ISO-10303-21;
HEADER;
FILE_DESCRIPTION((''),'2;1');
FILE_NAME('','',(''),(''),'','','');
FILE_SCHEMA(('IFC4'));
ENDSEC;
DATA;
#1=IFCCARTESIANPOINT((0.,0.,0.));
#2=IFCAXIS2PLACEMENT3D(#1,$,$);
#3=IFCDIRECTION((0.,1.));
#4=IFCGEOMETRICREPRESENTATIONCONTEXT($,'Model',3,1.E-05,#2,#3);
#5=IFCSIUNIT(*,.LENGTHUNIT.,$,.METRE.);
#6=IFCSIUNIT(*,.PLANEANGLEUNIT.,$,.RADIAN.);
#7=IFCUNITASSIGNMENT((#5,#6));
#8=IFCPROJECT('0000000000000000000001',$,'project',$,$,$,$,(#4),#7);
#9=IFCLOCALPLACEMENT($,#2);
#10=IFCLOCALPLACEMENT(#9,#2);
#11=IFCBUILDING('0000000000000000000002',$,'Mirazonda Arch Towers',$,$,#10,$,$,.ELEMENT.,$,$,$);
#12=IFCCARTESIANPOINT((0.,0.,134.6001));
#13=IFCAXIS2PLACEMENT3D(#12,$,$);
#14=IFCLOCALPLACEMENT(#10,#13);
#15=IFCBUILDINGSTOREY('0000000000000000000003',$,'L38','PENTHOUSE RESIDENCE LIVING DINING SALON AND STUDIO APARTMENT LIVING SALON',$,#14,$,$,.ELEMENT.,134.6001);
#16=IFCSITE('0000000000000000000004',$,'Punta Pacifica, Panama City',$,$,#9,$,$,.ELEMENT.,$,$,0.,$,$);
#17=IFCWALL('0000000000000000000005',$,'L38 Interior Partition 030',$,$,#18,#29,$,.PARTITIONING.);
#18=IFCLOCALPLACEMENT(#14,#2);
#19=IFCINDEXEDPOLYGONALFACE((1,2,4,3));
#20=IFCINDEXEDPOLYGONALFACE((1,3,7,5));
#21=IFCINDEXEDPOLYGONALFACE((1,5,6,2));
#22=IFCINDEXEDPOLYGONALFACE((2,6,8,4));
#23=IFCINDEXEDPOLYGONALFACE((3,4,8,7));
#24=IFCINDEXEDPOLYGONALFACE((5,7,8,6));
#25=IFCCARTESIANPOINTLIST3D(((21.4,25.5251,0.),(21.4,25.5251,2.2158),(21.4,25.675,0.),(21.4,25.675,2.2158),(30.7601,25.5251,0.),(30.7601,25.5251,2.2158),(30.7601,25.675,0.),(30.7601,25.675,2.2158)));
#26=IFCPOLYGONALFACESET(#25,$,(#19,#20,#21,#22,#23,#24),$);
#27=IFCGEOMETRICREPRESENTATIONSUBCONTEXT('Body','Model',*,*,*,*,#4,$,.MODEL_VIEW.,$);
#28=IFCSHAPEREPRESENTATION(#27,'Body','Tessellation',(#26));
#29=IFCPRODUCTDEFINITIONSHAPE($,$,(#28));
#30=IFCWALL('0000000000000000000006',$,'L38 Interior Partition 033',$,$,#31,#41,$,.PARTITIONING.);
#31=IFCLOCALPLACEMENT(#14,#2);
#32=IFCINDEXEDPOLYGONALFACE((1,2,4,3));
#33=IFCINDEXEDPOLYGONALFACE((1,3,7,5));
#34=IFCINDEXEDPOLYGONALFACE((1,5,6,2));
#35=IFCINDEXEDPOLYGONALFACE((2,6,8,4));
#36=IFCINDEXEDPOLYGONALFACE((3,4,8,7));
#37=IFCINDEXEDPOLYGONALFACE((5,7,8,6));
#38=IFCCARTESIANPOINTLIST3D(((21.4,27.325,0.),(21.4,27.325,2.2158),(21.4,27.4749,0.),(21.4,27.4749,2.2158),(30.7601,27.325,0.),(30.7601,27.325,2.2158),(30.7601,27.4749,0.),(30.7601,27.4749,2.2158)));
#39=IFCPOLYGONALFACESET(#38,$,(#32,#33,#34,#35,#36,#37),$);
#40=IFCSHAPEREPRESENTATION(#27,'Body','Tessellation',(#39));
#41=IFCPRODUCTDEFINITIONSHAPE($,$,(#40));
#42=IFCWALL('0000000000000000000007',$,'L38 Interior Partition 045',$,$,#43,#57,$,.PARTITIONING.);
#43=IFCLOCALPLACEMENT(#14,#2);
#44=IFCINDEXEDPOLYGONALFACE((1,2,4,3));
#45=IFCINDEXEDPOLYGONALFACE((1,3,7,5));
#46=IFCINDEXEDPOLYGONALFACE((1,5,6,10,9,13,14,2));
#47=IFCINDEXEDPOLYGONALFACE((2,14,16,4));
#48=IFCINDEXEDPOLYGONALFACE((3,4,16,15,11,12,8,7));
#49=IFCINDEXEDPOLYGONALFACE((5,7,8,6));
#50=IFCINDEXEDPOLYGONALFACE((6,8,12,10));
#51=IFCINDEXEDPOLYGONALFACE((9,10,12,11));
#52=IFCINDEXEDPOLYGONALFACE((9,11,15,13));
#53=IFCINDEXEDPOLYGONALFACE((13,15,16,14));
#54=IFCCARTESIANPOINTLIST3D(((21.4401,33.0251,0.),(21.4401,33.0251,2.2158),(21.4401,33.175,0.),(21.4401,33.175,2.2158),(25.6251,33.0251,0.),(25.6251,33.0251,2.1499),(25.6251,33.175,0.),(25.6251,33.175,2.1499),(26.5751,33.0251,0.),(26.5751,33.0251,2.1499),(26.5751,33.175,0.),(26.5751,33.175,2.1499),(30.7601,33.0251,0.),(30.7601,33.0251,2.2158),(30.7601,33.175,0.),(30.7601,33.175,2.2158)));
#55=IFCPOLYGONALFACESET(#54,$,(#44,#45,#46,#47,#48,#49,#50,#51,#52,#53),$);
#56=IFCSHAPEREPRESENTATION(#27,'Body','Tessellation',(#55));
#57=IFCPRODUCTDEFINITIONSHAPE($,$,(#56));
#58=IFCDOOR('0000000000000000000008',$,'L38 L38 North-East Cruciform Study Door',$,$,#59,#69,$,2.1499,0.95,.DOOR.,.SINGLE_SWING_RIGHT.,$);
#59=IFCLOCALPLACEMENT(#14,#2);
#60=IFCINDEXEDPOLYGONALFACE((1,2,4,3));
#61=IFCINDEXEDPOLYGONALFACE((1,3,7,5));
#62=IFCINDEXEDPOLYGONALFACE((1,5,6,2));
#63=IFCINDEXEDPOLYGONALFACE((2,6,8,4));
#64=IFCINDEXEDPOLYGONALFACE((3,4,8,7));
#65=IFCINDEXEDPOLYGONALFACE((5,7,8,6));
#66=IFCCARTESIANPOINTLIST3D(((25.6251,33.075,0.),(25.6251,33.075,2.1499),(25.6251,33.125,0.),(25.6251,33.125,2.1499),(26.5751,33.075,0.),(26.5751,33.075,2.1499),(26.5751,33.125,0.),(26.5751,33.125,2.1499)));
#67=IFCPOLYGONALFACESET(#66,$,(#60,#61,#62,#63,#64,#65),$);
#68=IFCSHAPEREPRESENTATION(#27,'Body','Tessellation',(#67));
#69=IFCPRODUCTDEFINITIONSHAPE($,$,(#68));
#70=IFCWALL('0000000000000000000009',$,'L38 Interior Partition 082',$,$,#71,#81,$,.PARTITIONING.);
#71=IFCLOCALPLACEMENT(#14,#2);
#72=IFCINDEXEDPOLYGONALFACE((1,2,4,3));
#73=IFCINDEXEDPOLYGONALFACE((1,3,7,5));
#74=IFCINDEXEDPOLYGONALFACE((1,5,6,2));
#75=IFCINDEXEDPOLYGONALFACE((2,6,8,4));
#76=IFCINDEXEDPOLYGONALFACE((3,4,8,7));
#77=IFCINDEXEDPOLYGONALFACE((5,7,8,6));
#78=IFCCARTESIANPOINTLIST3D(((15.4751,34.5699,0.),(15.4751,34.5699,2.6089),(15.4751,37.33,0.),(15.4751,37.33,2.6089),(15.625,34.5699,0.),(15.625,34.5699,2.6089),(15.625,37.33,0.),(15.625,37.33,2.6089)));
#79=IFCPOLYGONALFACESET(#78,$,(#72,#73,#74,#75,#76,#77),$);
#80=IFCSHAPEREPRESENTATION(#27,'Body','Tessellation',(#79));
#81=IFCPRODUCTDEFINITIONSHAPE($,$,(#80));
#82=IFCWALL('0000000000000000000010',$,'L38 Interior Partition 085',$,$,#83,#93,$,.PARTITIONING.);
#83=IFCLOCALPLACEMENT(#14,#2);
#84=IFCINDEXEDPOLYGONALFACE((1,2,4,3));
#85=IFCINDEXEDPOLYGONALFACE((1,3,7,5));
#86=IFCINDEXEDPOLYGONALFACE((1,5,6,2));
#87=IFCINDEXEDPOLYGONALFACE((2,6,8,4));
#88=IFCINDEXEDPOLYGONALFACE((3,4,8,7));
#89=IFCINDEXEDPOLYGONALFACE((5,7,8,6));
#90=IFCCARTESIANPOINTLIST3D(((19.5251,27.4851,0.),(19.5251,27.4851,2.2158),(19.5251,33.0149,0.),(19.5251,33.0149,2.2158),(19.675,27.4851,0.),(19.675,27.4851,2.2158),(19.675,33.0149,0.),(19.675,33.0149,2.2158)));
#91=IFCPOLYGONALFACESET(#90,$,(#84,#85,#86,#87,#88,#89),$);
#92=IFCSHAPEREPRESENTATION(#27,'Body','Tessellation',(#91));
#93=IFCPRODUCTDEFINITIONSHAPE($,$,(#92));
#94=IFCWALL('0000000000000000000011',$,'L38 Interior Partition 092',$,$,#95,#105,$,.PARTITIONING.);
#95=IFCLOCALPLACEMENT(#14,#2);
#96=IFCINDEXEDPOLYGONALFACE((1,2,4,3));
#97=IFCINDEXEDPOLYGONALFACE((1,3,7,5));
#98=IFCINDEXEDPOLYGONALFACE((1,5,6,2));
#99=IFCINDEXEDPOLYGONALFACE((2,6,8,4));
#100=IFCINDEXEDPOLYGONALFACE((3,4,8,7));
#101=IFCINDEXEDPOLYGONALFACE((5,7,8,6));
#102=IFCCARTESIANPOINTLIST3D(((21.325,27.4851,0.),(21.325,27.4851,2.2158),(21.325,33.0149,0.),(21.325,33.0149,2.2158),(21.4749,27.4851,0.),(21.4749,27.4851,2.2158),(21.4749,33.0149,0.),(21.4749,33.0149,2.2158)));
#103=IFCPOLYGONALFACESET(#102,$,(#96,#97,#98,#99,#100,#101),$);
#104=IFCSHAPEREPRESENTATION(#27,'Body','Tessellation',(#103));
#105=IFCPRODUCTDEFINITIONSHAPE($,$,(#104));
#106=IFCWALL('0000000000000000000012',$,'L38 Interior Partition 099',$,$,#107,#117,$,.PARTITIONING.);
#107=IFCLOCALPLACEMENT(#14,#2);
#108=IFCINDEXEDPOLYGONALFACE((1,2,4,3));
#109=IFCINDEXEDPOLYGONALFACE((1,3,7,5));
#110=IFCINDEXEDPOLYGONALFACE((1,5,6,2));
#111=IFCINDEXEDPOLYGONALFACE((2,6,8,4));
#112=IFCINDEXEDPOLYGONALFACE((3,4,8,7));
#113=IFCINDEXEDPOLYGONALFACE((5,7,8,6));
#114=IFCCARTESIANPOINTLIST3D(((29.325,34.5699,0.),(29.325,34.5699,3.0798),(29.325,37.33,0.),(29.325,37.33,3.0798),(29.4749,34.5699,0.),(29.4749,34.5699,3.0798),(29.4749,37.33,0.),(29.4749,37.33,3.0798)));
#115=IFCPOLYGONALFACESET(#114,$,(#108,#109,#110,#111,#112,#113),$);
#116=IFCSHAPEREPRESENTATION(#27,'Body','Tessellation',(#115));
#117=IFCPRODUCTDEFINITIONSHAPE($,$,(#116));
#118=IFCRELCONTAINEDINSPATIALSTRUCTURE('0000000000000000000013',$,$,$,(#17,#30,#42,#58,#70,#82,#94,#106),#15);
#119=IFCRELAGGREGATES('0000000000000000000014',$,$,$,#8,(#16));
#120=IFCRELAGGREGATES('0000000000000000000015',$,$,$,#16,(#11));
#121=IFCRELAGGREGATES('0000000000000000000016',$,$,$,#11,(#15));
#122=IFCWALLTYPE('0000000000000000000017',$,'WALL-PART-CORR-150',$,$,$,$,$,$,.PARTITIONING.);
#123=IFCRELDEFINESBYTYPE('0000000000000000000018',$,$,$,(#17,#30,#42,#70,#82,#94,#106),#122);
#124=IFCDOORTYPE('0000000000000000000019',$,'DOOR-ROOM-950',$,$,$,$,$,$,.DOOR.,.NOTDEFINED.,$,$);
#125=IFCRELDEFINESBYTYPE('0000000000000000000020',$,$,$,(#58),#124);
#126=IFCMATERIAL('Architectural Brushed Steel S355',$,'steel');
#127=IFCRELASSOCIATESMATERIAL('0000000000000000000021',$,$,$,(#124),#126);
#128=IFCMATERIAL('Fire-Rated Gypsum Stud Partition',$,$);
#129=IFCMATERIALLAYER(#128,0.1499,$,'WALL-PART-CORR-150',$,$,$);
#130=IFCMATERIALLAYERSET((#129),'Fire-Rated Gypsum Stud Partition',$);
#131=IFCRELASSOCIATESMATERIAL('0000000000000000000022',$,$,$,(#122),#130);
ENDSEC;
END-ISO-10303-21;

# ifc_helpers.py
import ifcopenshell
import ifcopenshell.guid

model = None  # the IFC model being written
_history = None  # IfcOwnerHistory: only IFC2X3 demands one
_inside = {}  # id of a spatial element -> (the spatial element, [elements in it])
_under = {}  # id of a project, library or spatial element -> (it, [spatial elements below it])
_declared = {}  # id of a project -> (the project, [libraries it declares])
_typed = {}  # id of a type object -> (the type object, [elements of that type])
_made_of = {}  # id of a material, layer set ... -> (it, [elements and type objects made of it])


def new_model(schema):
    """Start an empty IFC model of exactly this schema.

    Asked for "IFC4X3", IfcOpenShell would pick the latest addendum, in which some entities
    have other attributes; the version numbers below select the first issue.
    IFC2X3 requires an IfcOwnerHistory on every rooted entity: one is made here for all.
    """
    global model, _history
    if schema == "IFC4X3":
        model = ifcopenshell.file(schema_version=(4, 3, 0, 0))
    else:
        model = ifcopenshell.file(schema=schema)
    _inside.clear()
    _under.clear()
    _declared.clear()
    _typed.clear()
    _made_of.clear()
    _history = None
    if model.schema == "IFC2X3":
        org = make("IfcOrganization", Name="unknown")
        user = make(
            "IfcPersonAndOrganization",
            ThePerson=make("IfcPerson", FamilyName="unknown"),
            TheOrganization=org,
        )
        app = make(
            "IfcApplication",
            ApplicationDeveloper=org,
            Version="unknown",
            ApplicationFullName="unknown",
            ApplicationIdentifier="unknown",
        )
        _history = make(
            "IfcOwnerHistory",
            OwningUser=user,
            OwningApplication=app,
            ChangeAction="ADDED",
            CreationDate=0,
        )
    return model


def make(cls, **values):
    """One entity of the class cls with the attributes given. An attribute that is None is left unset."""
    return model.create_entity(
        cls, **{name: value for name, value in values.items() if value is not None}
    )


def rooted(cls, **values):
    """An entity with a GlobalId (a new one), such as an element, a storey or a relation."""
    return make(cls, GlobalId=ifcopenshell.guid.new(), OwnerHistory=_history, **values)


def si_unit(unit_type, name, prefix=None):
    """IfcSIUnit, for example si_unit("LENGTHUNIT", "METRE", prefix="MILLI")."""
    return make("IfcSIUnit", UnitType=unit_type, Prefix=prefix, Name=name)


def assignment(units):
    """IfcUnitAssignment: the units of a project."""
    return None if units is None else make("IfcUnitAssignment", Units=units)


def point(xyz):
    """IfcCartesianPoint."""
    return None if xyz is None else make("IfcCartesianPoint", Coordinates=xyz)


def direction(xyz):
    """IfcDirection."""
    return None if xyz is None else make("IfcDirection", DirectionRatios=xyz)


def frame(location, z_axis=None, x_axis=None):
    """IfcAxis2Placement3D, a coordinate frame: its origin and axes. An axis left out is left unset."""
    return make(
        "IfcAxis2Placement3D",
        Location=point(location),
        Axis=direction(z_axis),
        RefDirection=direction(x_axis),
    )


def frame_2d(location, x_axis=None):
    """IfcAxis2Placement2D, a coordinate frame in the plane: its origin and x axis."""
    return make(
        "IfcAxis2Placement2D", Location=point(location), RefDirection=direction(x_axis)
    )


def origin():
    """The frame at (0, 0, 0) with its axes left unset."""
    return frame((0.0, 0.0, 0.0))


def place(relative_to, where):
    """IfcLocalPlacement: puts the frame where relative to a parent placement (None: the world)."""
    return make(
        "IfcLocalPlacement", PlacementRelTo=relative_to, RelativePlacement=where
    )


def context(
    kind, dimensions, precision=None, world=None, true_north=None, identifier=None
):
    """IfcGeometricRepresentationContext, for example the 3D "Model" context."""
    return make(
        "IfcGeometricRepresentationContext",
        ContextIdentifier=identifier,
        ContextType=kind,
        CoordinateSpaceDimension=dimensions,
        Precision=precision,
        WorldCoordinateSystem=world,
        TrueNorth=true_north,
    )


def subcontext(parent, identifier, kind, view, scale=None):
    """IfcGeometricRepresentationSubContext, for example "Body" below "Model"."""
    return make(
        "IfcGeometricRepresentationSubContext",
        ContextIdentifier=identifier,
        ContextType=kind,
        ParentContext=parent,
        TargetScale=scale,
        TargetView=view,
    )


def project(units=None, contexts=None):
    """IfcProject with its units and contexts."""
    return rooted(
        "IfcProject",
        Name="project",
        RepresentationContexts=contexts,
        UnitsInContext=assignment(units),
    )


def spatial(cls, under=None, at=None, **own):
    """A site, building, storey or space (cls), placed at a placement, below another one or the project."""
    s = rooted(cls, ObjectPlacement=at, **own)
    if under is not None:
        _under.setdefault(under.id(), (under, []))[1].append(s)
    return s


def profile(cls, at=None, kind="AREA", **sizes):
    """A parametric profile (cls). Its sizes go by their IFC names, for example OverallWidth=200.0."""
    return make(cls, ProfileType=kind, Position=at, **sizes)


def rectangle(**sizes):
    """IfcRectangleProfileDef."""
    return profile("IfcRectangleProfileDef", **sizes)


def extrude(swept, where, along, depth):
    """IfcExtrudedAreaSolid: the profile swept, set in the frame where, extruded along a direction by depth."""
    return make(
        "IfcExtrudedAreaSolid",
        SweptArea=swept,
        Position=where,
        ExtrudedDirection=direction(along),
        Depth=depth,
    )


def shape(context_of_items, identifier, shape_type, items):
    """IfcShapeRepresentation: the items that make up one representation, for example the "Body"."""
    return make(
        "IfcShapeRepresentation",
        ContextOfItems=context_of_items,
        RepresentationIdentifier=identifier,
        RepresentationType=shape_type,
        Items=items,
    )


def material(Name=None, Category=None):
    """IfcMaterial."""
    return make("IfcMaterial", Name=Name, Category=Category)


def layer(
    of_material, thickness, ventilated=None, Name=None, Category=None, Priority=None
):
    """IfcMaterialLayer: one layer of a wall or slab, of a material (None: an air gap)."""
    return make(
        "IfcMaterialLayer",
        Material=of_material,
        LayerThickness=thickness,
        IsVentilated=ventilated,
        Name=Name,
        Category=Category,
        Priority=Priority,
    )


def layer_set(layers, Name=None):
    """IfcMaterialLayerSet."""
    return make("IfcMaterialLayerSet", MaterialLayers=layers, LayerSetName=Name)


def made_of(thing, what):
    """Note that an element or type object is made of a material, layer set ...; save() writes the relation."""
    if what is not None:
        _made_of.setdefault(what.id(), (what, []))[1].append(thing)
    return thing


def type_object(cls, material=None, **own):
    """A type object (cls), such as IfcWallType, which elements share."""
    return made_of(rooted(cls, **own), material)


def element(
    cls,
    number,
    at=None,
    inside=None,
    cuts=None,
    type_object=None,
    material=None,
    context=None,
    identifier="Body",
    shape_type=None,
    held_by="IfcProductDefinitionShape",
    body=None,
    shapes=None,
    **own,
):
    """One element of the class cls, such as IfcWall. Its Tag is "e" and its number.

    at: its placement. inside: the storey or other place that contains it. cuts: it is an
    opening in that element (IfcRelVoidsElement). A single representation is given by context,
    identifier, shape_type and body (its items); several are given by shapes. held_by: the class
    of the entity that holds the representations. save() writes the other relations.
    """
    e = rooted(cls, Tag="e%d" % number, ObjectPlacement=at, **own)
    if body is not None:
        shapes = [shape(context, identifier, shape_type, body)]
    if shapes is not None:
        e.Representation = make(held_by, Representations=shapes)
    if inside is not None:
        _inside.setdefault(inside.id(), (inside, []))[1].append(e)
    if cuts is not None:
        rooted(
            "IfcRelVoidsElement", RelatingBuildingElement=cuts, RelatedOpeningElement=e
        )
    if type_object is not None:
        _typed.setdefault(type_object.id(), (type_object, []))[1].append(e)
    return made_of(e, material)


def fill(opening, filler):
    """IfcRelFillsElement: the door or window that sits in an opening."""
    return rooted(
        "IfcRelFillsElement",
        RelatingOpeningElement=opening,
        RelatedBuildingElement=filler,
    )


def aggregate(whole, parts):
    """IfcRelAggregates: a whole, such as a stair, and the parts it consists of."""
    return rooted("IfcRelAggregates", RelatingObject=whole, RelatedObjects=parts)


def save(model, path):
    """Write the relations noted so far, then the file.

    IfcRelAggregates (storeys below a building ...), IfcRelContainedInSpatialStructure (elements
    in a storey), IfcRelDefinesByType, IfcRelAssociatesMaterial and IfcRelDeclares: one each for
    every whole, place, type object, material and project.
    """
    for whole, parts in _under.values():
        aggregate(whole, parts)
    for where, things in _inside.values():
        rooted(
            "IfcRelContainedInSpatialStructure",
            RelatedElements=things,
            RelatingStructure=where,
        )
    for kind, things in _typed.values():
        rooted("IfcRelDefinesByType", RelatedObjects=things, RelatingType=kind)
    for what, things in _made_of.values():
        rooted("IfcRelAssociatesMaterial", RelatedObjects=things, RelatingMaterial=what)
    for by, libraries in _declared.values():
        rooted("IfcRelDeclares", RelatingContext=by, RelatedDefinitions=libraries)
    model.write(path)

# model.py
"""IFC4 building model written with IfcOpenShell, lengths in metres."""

from ifc_helpers import new_model, si_unit, direction, frame, frame_2d, origin, place, context, subcontext, project, spatial, rectangle, extrude, material, layer, layer_set, type_object, element, fill, save


model = new_model("IFC4")

# Units and contexts
model_context = context("Model", 3, precision=1e-05, world=origin(), true_north=direction((0.0, 1.0)))
body_context = subcontext(model_context, "Body", "Model", "MODEL_VIEW")
ifc_project = project(units=[si_unit("LENGTHUNIT", "METRE"), si_unit("PLANEANGLEUNIT", "RADIAN")], contexts=[model_context])

# Site, building, storey
site_placement = place(None, origin())
site = spatial("IfcSite", under=ifc_project, at=site_placement, Name="Punta Pacifica, Panama City", CompositionType="ELEMENT", RefElevation=0.0)
building_placement = place(site_placement, origin())
building = spatial("IfcBuilding", under=site, at=building_placement, Name="Mirazonda Arch Towers", CompositionType="ELEMENT")
storey_placement = place(building_placement, frame((0.0, 0.0, 134.6001)))
storey = spatial("IfcBuildingStorey", under=building, at=storey_placement, Name="L38", Description="PENTHOUSE RESIDENCE LIVING DINING SALON AND STUDIO APARTMENT LIVING SALON", CompositionType="ELEMENT", Elevation=134.6001)

# Shared definitions
ifc_material_1 = material(Name="Architectural Brushed Steel S355", Category="steel")
door_type_1 = type_object("IfcDoorType", Name="DOOR-ROOM-950", OperationType="NOTDEFINED", PredefinedType="DOOR", material=ifc_material_1)

# Walls
ifc_material_2 = material(Name="Fire-Rated Gypsum Stud Partition")
ifc_layer_1 = layer(ifc_material_2, 0.1499, Name="WALL-PART-CORR-150")
ifc_layer_set_1 = layer_set([ifc_layer_1], Name="Fire-Rated Gypsum Stud Partition")
wall_type_1 = type_object("IfcWallType", Name="WALL-PART-CORR-150", PredefinedType="PARTITIONING", material=ifc_layer_set_1)
for number, where, z_axis, x_axis, name in (
    (1, (21.3999, 25.6001, 0.0), (0.0, 0.0, 1.0), (1.0, 0.0, 0.0), "L38 Interior Partition 030"),
    (2, (21.3999, 27.3999, 0.0), (0.0, 0.0, 1.0), (1.0, 0.0, 0.0), "L38 Interior Partition 033"),
):
    element("IfcWall", number, at=place(storey_placement, frame(where, z_axis=z_axis, x_axis=x_axis)), inside=storey, type_object=wall_type_1, Name=name, PredefinedType="PARTITIONING", context=body_context, shape_type="SweptSolid", body=[
        extrude(rectangle(XDim=9.3601, YDim=0.1499, at=frame_2d((4.6802, 0.0))), origin(), (0.0, 0.0, 1.0), 2.2158),
    ])

# Wall, opening, door
wall_1_placement = place(storey_placement, frame((21.4399, 33.1001, 0.0), z_axis=(0.0, 0.0, 1.0), x_axis=(1.0, 0.0, 0.0)))
wall_1 = element("IfcWall", 3, at=wall_1_placement, inside=storey, type_object=wall_type_1, Name="L38 Interior Partition 045", PredefinedType="PARTITIONING", context=body_context, shape_type="SweptSolid", body=[
    extrude(rectangle(XDim=9.3201, YDim=0.1499, at=frame_2d((4.6602, 0.0))), origin(), (0.0, 0.0, 1.0), 2.2158),
])
opening_1_placement = place(wall_1_placement, frame((4.1851, 0.0, 0.0)))
opening_1 = element("IfcOpeningElement", 4, at=opening_1_placement, cuts=wall_1, PredefinedType="OPENING", context=body_context, shape_type="SweptSolid", body=[
    extrude(rectangle(XDim=0.95, YDim=2.1499, at=frame_2d((0.4751, 1.075))), frame((0.0, 0.085, 0.0), z_axis=(0.0, -1.0, 0.0), x_axis=(1.0, 0.0, 0.0)), (0.0, 0.0, 1.0), 0.1699),
])
door_1_placement = place(opening_1_placement, origin())
door_1 = element("IfcDoor", 5, at=door_1_placement, inside=storey, type_object=door_type_1, Name="L38 L38 North-East Cruciform Study Door", OperationType="SINGLE_SWING_RIGHT", OverallHeight=2.1499, OverallWidth=0.95, PredefinedType="DOOR", context=body_context, shape_type="SweptSolid", body=[
    extrude(rectangle(XDim=0.95, YDim=2.1499, at=frame_2d((0.4751, 1.075))), frame((0.0, 0.0249, 0.0), z_axis=(0.0, -1.0, 0.0), x_axis=(1.0, 0.0, 0.0)), (0.0, 0.0, 1.0), 0.05),
])
fill(opening_1, door_1)

# Walls
wall_2_placement = place(storey_placement, frame((15.55, 34.5701, 0.0), z_axis=(0.0, 0.0, 1.0), x_axis=(0.0, 1.0, 0.0)))
element("IfcWall", 6, at=wall_2_placement, inside=storey, type_object=wall_type_1, Name="L38 Interior Partition 082", PredefinedType="PARTITIONING", context=body_context, shape_type="SweptSolid", body=[
    extrude(rectangle(XDim=2.76, YDim=0.1499, at=frame_2d((1.3799, 0.0))), origin(), (0.0, 0.0, 1.0), 2.6089),
])
for number, where, z_axis, x_axis, name in (
    (7, (19.6001, 27.4851, 0.0), (0.0, 0.0, 1.0), (0.0, 1.0, 0.0), "L38 Interior Partition 085"),
    (8, (21.3999, 27.4851, 0.0), (0.0, 0.0, 1.0), (0.0, 1.0, 0.0), "L38 Interior Partition 092"),
):
    element("IfcWall", number, at=place(storey_placement, frame(where, z_axis=z_axis, x_axis=x_axis)), inside=storey, type_object=wall_type_1, Name=name, PredefinedType="PARTITIONING", context=body_context, shape_type="SweptSolid", body=[
        extrude(rectangle(XDim=5.5298, YDim=0.1499, at=frame_2d((2.7649, 0.0))), origin(), (0.0, 0.0, 1.0), 2.2158),
    ])
wall_3_placement = place(storey_placement, frame((29.3999, 34.5701, 0.0), z_axis=(0.0, 0.0, 1.0), x_axis=(0.0, 1.0, 0.0)))
element("IfcWall", 9, at=wall_3_placement, inside=storey, type_object=wall_type_1, Name="L38 Interior Partition 099", PredefinedType="PARTITIONING", context=body_context, shape_type="SweptSolid", body=[
    extrude(rectangle(XDim=2.76, YDim=0.1499, at=frame_2d((1.3799, 0.0))), origin(), (0.0, 0.0, 1.0), 3.0798),
])

save(model, "model.ifc")
